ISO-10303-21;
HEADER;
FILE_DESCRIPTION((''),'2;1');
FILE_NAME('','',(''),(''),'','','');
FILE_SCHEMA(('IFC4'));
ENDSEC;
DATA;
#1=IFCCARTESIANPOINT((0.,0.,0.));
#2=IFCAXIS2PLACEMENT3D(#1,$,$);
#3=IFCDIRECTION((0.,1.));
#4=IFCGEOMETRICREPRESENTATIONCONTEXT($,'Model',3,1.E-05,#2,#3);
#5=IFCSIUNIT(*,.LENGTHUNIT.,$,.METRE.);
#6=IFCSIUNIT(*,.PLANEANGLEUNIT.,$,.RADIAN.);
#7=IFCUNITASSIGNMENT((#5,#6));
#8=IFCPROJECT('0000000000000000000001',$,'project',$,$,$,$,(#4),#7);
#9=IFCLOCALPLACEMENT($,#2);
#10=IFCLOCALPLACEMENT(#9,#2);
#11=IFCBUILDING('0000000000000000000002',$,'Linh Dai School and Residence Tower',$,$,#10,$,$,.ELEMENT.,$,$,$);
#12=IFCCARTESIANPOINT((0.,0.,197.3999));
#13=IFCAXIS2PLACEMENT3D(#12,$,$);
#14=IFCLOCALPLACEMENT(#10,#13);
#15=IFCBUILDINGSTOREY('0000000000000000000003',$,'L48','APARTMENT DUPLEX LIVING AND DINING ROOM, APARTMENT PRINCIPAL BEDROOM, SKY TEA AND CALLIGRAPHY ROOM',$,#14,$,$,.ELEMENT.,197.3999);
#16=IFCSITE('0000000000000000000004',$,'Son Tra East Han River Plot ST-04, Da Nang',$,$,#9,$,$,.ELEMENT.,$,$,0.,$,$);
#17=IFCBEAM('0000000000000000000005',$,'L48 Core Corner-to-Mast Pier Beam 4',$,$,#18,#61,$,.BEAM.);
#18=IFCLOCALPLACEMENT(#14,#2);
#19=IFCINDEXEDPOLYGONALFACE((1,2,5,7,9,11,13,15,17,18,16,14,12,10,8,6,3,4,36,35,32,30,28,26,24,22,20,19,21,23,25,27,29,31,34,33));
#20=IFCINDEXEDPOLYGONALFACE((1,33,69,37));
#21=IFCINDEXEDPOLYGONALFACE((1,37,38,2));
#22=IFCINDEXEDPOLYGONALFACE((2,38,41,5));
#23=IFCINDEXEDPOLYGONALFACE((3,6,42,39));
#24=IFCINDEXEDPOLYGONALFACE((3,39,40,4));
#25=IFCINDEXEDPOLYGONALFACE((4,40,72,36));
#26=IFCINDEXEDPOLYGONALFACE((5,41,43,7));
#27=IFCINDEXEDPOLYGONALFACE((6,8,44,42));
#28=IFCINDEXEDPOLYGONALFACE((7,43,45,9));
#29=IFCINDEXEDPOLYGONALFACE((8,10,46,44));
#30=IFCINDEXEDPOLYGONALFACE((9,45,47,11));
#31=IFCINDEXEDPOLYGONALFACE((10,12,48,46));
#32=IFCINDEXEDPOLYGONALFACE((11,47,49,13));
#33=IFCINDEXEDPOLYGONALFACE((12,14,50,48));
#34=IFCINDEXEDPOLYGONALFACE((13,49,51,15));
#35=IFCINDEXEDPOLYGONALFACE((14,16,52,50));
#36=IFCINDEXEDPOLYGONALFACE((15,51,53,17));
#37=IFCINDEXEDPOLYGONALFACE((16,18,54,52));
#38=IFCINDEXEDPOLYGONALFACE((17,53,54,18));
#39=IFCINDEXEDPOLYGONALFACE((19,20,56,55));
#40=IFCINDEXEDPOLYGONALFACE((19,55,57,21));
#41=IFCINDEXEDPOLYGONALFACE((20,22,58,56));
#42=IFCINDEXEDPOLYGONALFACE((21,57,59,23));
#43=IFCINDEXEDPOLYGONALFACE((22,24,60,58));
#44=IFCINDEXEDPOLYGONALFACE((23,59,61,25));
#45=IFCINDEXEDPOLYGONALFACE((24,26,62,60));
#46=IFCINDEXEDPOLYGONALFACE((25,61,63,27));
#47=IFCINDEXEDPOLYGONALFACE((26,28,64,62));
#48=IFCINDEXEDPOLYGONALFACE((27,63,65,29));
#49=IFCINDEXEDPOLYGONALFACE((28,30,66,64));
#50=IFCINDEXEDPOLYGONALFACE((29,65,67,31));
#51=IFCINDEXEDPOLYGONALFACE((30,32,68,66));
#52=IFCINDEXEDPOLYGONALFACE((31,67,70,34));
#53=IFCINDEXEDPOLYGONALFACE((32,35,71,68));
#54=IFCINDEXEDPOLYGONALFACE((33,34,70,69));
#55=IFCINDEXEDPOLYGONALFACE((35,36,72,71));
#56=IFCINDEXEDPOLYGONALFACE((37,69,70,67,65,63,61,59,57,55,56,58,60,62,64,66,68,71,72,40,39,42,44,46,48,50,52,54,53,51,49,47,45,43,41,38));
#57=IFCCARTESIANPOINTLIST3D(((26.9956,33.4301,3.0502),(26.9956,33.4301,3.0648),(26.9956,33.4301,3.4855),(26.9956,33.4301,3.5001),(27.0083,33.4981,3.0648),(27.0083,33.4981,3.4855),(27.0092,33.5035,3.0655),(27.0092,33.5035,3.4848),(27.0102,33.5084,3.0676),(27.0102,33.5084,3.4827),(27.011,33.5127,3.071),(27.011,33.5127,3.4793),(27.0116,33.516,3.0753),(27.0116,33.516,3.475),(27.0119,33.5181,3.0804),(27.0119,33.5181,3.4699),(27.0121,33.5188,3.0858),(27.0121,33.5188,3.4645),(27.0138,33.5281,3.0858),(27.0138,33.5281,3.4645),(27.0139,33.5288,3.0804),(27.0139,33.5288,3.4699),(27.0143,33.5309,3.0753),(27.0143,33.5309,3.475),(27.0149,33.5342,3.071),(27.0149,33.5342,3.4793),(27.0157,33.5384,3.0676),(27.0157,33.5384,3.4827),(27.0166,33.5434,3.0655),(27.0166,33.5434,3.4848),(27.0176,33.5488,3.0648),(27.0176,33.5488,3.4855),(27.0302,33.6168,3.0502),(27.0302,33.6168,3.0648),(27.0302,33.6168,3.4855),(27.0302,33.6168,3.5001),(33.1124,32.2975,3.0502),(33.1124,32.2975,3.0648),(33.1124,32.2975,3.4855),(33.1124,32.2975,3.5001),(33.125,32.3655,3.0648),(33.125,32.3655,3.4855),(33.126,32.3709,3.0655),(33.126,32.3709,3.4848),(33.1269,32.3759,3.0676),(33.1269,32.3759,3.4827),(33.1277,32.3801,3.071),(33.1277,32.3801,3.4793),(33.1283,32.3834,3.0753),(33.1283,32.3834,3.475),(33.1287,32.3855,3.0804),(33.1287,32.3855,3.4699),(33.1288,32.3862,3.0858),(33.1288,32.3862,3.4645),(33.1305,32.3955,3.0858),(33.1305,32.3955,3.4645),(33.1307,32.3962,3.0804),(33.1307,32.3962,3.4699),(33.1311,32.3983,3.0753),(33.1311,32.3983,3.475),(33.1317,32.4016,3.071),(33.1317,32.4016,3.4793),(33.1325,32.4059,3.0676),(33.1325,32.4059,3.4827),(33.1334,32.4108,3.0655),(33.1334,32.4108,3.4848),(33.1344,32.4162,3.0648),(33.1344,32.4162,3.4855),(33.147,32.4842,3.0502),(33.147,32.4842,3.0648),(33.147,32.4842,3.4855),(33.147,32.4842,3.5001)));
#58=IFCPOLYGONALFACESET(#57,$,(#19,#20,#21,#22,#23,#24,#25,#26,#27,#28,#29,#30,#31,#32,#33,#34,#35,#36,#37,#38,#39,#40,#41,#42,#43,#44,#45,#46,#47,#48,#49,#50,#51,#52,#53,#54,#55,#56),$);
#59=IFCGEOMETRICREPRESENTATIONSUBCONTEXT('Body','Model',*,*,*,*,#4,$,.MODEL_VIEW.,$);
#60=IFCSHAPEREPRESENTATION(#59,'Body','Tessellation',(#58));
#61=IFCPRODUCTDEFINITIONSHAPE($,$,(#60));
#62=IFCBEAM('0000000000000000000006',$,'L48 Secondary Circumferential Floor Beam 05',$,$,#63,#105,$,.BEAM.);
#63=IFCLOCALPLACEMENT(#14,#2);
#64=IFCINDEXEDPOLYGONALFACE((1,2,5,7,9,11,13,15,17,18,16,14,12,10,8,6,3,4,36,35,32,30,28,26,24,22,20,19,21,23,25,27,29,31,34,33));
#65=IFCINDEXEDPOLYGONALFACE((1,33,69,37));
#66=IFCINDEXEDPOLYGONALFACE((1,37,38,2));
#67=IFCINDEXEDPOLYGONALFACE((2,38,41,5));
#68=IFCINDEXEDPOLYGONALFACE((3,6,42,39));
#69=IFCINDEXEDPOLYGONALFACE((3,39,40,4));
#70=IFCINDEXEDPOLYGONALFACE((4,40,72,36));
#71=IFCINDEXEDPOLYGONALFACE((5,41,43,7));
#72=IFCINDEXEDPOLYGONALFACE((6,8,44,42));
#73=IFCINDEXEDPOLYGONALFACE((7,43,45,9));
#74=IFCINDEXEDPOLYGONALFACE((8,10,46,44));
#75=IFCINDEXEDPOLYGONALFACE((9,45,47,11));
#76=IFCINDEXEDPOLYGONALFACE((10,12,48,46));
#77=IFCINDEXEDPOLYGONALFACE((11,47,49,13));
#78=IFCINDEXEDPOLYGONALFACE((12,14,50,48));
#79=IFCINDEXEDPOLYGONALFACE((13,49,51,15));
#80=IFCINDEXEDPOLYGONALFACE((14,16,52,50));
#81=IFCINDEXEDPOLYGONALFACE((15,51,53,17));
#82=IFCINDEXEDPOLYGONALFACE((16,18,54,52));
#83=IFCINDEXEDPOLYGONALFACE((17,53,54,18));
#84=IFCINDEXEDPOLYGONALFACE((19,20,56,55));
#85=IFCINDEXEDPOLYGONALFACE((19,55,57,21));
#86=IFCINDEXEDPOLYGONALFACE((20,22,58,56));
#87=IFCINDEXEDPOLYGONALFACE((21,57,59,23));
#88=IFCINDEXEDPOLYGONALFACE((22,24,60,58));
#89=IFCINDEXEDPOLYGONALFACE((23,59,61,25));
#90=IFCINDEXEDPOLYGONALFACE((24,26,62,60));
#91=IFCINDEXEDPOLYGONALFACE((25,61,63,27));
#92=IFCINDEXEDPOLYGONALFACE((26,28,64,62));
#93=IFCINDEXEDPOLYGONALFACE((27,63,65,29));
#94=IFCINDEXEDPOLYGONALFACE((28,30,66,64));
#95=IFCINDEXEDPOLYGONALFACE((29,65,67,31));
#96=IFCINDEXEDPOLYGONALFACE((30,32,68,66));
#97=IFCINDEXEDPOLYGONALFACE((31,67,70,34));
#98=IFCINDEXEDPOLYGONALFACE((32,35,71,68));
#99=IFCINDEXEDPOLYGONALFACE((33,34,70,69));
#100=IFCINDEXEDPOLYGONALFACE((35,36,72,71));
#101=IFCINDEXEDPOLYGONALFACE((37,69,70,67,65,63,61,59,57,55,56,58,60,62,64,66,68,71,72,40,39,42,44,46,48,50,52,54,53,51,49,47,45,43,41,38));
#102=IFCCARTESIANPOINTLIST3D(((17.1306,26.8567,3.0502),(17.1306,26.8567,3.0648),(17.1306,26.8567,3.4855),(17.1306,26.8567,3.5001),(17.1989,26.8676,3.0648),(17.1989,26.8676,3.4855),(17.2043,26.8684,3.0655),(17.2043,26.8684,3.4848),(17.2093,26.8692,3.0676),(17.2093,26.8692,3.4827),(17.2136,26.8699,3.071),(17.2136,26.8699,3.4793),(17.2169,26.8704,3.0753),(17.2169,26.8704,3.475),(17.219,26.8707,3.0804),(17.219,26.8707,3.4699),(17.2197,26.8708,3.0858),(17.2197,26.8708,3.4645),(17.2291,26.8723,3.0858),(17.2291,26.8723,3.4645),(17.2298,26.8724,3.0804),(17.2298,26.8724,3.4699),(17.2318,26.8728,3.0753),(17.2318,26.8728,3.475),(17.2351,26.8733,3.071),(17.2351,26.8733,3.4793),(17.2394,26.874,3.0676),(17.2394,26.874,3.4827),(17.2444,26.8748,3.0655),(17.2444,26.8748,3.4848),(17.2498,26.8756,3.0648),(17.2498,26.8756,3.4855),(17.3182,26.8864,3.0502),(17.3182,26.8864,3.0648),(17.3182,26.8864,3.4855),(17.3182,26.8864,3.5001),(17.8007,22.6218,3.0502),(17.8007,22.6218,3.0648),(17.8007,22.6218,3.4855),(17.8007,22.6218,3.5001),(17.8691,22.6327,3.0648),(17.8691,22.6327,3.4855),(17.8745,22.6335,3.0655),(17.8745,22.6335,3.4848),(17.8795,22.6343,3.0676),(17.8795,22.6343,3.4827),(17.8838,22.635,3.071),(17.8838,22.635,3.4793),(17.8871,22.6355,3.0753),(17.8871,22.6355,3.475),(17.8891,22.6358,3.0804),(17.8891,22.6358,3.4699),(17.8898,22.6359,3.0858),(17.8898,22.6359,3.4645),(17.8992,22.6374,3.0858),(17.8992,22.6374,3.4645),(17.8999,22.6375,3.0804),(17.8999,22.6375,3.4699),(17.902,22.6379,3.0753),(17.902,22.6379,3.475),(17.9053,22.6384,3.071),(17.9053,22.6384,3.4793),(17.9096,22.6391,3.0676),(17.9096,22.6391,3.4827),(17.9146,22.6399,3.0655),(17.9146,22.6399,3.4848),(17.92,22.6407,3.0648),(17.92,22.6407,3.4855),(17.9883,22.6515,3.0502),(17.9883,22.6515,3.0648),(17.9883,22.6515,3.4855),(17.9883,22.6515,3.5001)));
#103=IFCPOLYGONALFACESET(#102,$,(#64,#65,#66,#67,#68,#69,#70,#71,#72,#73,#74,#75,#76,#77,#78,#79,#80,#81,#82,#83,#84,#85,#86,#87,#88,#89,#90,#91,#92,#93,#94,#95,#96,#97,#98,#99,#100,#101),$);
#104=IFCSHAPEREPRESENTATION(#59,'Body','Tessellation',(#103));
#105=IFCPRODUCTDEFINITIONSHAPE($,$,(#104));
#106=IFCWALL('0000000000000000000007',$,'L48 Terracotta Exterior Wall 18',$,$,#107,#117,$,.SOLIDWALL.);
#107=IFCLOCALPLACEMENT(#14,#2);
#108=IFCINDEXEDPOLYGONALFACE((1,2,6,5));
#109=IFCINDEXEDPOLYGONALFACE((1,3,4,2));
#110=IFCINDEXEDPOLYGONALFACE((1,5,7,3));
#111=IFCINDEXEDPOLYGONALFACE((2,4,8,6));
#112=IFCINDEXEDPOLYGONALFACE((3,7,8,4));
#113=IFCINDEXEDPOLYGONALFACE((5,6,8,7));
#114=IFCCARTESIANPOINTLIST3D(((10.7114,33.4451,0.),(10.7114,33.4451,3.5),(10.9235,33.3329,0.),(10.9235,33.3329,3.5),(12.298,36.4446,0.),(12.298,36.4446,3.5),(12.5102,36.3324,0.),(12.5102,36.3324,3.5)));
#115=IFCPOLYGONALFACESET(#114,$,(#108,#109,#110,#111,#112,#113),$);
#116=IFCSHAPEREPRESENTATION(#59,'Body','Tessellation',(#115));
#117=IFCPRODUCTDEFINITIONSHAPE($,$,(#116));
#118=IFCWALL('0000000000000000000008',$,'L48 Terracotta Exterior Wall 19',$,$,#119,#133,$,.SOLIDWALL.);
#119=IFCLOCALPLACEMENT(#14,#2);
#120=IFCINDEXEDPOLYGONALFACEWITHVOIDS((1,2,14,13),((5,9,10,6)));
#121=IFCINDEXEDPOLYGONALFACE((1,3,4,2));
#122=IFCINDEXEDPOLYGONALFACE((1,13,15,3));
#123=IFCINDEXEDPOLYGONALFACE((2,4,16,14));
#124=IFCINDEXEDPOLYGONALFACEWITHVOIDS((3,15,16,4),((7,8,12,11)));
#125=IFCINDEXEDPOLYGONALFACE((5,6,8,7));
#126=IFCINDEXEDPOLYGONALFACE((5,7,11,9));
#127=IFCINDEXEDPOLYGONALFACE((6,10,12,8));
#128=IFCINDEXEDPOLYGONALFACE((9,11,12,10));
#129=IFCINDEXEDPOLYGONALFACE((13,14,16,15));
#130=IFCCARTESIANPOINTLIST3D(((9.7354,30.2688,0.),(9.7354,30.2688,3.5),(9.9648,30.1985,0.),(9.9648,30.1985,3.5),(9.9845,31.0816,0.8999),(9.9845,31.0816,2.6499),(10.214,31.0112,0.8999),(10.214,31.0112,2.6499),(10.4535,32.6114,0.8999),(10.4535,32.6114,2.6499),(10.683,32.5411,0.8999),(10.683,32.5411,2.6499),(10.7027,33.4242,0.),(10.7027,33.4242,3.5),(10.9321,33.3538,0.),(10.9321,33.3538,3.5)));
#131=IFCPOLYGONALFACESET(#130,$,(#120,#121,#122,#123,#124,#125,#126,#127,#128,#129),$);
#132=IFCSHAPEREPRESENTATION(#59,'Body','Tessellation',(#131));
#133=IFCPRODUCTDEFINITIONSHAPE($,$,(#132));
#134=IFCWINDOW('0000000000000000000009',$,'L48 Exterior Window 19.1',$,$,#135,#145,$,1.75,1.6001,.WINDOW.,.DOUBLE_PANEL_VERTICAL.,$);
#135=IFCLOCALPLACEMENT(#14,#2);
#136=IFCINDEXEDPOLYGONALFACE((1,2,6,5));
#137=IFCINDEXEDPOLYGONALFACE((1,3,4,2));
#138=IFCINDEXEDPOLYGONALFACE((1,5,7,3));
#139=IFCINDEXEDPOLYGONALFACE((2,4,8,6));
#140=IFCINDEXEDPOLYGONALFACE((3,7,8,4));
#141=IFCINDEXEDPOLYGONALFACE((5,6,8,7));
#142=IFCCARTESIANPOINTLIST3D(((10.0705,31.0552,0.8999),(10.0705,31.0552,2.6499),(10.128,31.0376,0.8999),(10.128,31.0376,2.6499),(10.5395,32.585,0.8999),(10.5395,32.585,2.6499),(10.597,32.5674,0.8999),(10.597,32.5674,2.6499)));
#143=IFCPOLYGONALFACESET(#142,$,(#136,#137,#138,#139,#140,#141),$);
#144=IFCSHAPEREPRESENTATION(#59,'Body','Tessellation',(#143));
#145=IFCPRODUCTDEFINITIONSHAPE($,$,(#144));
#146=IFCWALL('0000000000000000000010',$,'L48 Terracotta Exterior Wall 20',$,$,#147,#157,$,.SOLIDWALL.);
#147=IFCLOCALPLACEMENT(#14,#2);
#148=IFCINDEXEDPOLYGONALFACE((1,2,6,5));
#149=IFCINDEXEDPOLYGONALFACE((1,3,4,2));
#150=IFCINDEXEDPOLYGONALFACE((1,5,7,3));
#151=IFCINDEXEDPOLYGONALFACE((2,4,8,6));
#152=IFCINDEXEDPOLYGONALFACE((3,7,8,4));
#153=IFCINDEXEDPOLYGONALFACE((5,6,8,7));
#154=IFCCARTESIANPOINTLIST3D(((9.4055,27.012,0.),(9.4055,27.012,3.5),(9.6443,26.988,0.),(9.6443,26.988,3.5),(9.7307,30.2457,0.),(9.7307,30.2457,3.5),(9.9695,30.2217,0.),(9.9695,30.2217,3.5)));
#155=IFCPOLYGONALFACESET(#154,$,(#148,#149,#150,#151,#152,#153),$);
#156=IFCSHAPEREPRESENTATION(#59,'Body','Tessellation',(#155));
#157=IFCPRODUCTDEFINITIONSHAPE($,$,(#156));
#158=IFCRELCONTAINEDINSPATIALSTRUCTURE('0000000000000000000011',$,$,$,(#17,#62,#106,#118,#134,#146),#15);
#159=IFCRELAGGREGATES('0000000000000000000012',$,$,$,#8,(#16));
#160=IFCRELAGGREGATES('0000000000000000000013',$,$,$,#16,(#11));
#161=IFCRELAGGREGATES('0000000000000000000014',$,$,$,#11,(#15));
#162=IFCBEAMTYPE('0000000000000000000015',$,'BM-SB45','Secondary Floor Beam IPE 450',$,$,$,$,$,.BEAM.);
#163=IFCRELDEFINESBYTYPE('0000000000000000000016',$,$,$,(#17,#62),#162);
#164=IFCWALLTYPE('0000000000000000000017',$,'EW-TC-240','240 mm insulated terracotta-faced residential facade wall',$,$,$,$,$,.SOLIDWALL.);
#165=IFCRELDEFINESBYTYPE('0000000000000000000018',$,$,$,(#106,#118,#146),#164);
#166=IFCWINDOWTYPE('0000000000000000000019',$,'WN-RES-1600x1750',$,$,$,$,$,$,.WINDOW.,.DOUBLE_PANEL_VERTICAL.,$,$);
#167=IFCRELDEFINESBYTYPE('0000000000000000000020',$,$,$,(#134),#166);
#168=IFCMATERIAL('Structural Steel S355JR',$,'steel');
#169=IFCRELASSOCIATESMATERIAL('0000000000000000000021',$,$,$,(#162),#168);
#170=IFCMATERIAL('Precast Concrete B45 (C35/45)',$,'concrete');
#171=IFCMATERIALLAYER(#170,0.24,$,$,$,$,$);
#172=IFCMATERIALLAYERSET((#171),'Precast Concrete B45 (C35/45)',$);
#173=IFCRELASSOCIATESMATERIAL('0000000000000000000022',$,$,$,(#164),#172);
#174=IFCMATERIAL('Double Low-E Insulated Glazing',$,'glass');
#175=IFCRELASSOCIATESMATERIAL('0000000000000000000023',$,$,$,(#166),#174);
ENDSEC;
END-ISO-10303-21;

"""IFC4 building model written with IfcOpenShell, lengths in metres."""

from ifc_helpers import new_model, si_unit, direction, frame, frame_2d, origin, origin_2d, place, context, subcontext, project, spatial, rectangle, i_section, extrude, source, transform, mapped, material, layer, layer_set, material_profile, profile_set, type_object, element, fill, save


model = new_model("IFC4")

# Units and contexts
model_context = context("Model", 3, precision=1e-05, world=origin(), true_north=direction((0.0, 1.0)))
body_context = subcontext(model_context, "Body", "Model", "MODEL_VIEW")
ifc_project = project(units=[si_unit("LENGTHUNIT", "METRE"), si_unit("PLANEANGLEUNIT", "RADIAN")], contexts=[model_context])

# Site, building, storey
site_placement = place(None, origin())
site = spatial("IfcSite", under=ifc_project, at=site_placement, Name="Son Tra East Han River Plot ST-04, Da Nang", CompositionType="ELEMENT", RefElevation=0.0)
building_placement = place(site_placement, origin())
building = spatial("IfcBuilding", under=site, at=building_placement, Name="Linh Dai School and Residence Tower", CompositionType="ELEMENT")
storey_placement = place(building_placement, frame((0.0, 0.0, 197.3999)))
storey = spatial("IfcBuildingStorey", under=building, at=storey_placement, Name="L48", Description="APARTMENT DUPLEX LIVING AND DINING ROOM, APARTMENT PRINCIPAL BEDROOM, SKY TEA AND CALLIGRAPHY ROOM", CompositionType="ELEMENT", Elevation=197.3999)

# Shared definitions
ifc_material_1 = material(Name="Structural Steel S355JR", Category="steel")

# Beams
ifc_material_profile_1 = material_profile(ifc_material_1, i_section(OverallWidth=0.1899, OverallDepth=0.45, WebThickness=0.0095, FlangeThickness=0.0146, FilletRadius=0.021, at=origin_2d()), Name="IPE 450")
ifc_profile_set_1 = profile_set([ifc_material_profile_1], Name="Structural Steel S355JR")
beam_type_1 = type_object("IfcBeamType", Name="BM-SB45", Description="Secondary Floor Beam IPE 450", PredefinedType="BEAM", material=ifc_profile_set_1)
beam_1_placement = place(storey_placement, frame((27.0129, 33.5234, 3.2751), z_axis=(0.983286, -0.182065, 0.0), x_axis=(0.182065, 0.983286, 0.0)))
element("IfcBeam", 1, at=beam_1_placement, inside=storey, type_object=beam_type_1, Name="L48 Core Corner-to-Mast Pier Beam 4", PredefinedType="BEAM", context=body_context, shape_type="SweptSolid", body=[
    extrude(i_section(OverallWidth=0.1899, OverallDepth=0.45, WebThickness=0.0095, FlangeThickness=0.0146, FilletRadius=0.021, at=origin_2d()), origin(), (0.0, 0.0, 1.0), 6.2207),
])
beam_2_placement = place(storey_placement, frame((17.2244, 26.8716, 3.2751), z_axis=(0.156305, -0.987709, 0.0), x_axis=(0.987709, 0.156305, 0.0)))
element("IfcBeam", 2, at=beam_2_placement, inside=storey, type_object=beam_type_1, Name="L48 Secondary Circumferential Floor Beam 05", PredefinedType="BEAM", context=body_context, shape_type="SweptSolid", body=[
    extrude(i_section(OverallWidth=0.1899, OverallDepth=0.45, WebThickness=0.0095, FlangeThickness=0.0146, FilletRadius=0.021, at=origin_2d()), origin(), (0.0, 0.0, 1.0), 4.2876),
])

# Wall
ifc_material_2 = material(Name="Precast Concrete B45 (C35/45)", Category="concrete")
ifc_layer_1 = layer(ifc_material_2, 0.24)
ifc_layer_set_1 = layer_set([ifc_layer_1], Name="Precast Concrete B45 (C35/45)")
wall_type_1 = type_object("IfcWallType", Name="EW-TC-240", Description="240 mm insulated terracotta-faced residential facade wall", PredefinedType="SOLIDWALL", material=ifc_layer_set_1)
wall_1_placement = place(storey_placement, frame((10.8174, 33.3889, 0.0), z_axis=(0.0, 0.0, 1.0), x_axis=(0.467587, 0.883947, 0.0)))
element("IfcWall", 3, at=wall_1_placement, inside=storey, type_object=wall_type_1, Name="L48 Terracotta Exterior Wall 18", PredefinedType="SOLIDWALL", context=body_context, shape_type="SweptSolid", body=[
    extrude(rectangle(XDim=3.3933, YDim=0.24, at=frame_2d((1.6968, 0.0))), origin(), (0.0, 0.0, 1.0), 3.5),
])

# Wall, opening, window
wall_2_placement = place(storey_placement, frame((9.8501, 30.2336, 0.0), z_axis=(0.0, 0.0, 1.0), x_axis=(0.293098, 0.956082, 0.0)))
wall_2 = element("IfcWall", 4, at=wall_2_placement, inside=storey, type_object=wall_type_1, Name="L48 Terracotta Exterior Wall 19", PredefinedType="SOLIDWALL", context=body_context, shape_type="SweptSolid", body=[
    extrude(rectangle(XDim=3.3003, YDim=0.24, at=frame_2d((1.6501, 0.0))), origin(), (0.0, 0.0, 1.0), 3.5),
])
opening_1_placement = place(wall_2_placement, frame((0.8501, 0.0, 0.8999)))
opening_1 = element("IfcOpeningElement", 5, at=opening_1_placement, cuts=wall_2, PredefinedType="OPENING", context=body_context, shape_type="SweptSolid", body=[
    extrude(rectangle(XDim=1.6001, YDim=1.75, at=origin_2d()), frame((0.8, 0.1299, 0.875), z_axis=(0.0, -1.0, 0.0), x_axis=(1.0, 0.0, 0.0)), (0.0, 0.0, 1.0), 0.26),
])
ifc_material_3 = material(Name="Double Low-E Insulated Glazing", Category="glass")
window_type = type_object("IfcWindowType", Name="WN-RES-1600x1750", PartitioningType="DOUBLE_PANEL_VERTICAL", PredefinedType="WINDOW", material=ifc_material_3)
shared_shape_1 = source(origin(), body_context, "Body", "SweptSolid", [
    extrude(rectangle(XDim=1.6001, YDim=1.75, at=origin_2d()), frame((0.8, 0.03, 0.875), z_axis=(0.0, -1.0, 0.0), x_axis=(1.0, 0.0, 0.0)), (0.0, 0.0, 1.0), 0.0601),
])
window_placement = place(opening_1_placement, origin())
window = element("IfcWindow", 6, at=window_placement, inside=storey, type_object=window_type, Name="L48 Exterior Window 19.1", OverallHeight=1.75, OverallWidth=1.6001, PartitioningType="DOUBLE_PANEL_VERTICAL", PredefinedType="WINDOW", context=body_context, shape_type="MappedRepresentation", body=[
    mapped(shared_shape_1, transform((0.0, 0.0, 0.0), x_axis=(1.0, 0.0, 0.0), y_axis=(0.0, 1.0, 0.0), z_axis=(0.0, 0.0, 1.0), scale=1.0)),
])
fill(opening_1, window)

# Wall
wall_3_placement = place(storey_placement, frame((9.5249, 27.0, 0.0), z_axis=(0.0, 0.0, 1.0), x_axis=(0.100062, 0.994981, 0.0)))
element("IfcWall", 7, at=wall_3_placement, inside=storey, type_object=wall_type_1, Name="L48 Terracotta Exterior Wall 20", PredefinedType="SOLIDWALL", context=body_context, shape_type="SweptSolid", body=[
    extrude(rectangle(XDim=3.25, YDim=0.24, at=frame_2d((1.625, 0.0))), origin(), (0.0, 0.0, 1.0), 3.5),
])

save(model, "model.ifc")
